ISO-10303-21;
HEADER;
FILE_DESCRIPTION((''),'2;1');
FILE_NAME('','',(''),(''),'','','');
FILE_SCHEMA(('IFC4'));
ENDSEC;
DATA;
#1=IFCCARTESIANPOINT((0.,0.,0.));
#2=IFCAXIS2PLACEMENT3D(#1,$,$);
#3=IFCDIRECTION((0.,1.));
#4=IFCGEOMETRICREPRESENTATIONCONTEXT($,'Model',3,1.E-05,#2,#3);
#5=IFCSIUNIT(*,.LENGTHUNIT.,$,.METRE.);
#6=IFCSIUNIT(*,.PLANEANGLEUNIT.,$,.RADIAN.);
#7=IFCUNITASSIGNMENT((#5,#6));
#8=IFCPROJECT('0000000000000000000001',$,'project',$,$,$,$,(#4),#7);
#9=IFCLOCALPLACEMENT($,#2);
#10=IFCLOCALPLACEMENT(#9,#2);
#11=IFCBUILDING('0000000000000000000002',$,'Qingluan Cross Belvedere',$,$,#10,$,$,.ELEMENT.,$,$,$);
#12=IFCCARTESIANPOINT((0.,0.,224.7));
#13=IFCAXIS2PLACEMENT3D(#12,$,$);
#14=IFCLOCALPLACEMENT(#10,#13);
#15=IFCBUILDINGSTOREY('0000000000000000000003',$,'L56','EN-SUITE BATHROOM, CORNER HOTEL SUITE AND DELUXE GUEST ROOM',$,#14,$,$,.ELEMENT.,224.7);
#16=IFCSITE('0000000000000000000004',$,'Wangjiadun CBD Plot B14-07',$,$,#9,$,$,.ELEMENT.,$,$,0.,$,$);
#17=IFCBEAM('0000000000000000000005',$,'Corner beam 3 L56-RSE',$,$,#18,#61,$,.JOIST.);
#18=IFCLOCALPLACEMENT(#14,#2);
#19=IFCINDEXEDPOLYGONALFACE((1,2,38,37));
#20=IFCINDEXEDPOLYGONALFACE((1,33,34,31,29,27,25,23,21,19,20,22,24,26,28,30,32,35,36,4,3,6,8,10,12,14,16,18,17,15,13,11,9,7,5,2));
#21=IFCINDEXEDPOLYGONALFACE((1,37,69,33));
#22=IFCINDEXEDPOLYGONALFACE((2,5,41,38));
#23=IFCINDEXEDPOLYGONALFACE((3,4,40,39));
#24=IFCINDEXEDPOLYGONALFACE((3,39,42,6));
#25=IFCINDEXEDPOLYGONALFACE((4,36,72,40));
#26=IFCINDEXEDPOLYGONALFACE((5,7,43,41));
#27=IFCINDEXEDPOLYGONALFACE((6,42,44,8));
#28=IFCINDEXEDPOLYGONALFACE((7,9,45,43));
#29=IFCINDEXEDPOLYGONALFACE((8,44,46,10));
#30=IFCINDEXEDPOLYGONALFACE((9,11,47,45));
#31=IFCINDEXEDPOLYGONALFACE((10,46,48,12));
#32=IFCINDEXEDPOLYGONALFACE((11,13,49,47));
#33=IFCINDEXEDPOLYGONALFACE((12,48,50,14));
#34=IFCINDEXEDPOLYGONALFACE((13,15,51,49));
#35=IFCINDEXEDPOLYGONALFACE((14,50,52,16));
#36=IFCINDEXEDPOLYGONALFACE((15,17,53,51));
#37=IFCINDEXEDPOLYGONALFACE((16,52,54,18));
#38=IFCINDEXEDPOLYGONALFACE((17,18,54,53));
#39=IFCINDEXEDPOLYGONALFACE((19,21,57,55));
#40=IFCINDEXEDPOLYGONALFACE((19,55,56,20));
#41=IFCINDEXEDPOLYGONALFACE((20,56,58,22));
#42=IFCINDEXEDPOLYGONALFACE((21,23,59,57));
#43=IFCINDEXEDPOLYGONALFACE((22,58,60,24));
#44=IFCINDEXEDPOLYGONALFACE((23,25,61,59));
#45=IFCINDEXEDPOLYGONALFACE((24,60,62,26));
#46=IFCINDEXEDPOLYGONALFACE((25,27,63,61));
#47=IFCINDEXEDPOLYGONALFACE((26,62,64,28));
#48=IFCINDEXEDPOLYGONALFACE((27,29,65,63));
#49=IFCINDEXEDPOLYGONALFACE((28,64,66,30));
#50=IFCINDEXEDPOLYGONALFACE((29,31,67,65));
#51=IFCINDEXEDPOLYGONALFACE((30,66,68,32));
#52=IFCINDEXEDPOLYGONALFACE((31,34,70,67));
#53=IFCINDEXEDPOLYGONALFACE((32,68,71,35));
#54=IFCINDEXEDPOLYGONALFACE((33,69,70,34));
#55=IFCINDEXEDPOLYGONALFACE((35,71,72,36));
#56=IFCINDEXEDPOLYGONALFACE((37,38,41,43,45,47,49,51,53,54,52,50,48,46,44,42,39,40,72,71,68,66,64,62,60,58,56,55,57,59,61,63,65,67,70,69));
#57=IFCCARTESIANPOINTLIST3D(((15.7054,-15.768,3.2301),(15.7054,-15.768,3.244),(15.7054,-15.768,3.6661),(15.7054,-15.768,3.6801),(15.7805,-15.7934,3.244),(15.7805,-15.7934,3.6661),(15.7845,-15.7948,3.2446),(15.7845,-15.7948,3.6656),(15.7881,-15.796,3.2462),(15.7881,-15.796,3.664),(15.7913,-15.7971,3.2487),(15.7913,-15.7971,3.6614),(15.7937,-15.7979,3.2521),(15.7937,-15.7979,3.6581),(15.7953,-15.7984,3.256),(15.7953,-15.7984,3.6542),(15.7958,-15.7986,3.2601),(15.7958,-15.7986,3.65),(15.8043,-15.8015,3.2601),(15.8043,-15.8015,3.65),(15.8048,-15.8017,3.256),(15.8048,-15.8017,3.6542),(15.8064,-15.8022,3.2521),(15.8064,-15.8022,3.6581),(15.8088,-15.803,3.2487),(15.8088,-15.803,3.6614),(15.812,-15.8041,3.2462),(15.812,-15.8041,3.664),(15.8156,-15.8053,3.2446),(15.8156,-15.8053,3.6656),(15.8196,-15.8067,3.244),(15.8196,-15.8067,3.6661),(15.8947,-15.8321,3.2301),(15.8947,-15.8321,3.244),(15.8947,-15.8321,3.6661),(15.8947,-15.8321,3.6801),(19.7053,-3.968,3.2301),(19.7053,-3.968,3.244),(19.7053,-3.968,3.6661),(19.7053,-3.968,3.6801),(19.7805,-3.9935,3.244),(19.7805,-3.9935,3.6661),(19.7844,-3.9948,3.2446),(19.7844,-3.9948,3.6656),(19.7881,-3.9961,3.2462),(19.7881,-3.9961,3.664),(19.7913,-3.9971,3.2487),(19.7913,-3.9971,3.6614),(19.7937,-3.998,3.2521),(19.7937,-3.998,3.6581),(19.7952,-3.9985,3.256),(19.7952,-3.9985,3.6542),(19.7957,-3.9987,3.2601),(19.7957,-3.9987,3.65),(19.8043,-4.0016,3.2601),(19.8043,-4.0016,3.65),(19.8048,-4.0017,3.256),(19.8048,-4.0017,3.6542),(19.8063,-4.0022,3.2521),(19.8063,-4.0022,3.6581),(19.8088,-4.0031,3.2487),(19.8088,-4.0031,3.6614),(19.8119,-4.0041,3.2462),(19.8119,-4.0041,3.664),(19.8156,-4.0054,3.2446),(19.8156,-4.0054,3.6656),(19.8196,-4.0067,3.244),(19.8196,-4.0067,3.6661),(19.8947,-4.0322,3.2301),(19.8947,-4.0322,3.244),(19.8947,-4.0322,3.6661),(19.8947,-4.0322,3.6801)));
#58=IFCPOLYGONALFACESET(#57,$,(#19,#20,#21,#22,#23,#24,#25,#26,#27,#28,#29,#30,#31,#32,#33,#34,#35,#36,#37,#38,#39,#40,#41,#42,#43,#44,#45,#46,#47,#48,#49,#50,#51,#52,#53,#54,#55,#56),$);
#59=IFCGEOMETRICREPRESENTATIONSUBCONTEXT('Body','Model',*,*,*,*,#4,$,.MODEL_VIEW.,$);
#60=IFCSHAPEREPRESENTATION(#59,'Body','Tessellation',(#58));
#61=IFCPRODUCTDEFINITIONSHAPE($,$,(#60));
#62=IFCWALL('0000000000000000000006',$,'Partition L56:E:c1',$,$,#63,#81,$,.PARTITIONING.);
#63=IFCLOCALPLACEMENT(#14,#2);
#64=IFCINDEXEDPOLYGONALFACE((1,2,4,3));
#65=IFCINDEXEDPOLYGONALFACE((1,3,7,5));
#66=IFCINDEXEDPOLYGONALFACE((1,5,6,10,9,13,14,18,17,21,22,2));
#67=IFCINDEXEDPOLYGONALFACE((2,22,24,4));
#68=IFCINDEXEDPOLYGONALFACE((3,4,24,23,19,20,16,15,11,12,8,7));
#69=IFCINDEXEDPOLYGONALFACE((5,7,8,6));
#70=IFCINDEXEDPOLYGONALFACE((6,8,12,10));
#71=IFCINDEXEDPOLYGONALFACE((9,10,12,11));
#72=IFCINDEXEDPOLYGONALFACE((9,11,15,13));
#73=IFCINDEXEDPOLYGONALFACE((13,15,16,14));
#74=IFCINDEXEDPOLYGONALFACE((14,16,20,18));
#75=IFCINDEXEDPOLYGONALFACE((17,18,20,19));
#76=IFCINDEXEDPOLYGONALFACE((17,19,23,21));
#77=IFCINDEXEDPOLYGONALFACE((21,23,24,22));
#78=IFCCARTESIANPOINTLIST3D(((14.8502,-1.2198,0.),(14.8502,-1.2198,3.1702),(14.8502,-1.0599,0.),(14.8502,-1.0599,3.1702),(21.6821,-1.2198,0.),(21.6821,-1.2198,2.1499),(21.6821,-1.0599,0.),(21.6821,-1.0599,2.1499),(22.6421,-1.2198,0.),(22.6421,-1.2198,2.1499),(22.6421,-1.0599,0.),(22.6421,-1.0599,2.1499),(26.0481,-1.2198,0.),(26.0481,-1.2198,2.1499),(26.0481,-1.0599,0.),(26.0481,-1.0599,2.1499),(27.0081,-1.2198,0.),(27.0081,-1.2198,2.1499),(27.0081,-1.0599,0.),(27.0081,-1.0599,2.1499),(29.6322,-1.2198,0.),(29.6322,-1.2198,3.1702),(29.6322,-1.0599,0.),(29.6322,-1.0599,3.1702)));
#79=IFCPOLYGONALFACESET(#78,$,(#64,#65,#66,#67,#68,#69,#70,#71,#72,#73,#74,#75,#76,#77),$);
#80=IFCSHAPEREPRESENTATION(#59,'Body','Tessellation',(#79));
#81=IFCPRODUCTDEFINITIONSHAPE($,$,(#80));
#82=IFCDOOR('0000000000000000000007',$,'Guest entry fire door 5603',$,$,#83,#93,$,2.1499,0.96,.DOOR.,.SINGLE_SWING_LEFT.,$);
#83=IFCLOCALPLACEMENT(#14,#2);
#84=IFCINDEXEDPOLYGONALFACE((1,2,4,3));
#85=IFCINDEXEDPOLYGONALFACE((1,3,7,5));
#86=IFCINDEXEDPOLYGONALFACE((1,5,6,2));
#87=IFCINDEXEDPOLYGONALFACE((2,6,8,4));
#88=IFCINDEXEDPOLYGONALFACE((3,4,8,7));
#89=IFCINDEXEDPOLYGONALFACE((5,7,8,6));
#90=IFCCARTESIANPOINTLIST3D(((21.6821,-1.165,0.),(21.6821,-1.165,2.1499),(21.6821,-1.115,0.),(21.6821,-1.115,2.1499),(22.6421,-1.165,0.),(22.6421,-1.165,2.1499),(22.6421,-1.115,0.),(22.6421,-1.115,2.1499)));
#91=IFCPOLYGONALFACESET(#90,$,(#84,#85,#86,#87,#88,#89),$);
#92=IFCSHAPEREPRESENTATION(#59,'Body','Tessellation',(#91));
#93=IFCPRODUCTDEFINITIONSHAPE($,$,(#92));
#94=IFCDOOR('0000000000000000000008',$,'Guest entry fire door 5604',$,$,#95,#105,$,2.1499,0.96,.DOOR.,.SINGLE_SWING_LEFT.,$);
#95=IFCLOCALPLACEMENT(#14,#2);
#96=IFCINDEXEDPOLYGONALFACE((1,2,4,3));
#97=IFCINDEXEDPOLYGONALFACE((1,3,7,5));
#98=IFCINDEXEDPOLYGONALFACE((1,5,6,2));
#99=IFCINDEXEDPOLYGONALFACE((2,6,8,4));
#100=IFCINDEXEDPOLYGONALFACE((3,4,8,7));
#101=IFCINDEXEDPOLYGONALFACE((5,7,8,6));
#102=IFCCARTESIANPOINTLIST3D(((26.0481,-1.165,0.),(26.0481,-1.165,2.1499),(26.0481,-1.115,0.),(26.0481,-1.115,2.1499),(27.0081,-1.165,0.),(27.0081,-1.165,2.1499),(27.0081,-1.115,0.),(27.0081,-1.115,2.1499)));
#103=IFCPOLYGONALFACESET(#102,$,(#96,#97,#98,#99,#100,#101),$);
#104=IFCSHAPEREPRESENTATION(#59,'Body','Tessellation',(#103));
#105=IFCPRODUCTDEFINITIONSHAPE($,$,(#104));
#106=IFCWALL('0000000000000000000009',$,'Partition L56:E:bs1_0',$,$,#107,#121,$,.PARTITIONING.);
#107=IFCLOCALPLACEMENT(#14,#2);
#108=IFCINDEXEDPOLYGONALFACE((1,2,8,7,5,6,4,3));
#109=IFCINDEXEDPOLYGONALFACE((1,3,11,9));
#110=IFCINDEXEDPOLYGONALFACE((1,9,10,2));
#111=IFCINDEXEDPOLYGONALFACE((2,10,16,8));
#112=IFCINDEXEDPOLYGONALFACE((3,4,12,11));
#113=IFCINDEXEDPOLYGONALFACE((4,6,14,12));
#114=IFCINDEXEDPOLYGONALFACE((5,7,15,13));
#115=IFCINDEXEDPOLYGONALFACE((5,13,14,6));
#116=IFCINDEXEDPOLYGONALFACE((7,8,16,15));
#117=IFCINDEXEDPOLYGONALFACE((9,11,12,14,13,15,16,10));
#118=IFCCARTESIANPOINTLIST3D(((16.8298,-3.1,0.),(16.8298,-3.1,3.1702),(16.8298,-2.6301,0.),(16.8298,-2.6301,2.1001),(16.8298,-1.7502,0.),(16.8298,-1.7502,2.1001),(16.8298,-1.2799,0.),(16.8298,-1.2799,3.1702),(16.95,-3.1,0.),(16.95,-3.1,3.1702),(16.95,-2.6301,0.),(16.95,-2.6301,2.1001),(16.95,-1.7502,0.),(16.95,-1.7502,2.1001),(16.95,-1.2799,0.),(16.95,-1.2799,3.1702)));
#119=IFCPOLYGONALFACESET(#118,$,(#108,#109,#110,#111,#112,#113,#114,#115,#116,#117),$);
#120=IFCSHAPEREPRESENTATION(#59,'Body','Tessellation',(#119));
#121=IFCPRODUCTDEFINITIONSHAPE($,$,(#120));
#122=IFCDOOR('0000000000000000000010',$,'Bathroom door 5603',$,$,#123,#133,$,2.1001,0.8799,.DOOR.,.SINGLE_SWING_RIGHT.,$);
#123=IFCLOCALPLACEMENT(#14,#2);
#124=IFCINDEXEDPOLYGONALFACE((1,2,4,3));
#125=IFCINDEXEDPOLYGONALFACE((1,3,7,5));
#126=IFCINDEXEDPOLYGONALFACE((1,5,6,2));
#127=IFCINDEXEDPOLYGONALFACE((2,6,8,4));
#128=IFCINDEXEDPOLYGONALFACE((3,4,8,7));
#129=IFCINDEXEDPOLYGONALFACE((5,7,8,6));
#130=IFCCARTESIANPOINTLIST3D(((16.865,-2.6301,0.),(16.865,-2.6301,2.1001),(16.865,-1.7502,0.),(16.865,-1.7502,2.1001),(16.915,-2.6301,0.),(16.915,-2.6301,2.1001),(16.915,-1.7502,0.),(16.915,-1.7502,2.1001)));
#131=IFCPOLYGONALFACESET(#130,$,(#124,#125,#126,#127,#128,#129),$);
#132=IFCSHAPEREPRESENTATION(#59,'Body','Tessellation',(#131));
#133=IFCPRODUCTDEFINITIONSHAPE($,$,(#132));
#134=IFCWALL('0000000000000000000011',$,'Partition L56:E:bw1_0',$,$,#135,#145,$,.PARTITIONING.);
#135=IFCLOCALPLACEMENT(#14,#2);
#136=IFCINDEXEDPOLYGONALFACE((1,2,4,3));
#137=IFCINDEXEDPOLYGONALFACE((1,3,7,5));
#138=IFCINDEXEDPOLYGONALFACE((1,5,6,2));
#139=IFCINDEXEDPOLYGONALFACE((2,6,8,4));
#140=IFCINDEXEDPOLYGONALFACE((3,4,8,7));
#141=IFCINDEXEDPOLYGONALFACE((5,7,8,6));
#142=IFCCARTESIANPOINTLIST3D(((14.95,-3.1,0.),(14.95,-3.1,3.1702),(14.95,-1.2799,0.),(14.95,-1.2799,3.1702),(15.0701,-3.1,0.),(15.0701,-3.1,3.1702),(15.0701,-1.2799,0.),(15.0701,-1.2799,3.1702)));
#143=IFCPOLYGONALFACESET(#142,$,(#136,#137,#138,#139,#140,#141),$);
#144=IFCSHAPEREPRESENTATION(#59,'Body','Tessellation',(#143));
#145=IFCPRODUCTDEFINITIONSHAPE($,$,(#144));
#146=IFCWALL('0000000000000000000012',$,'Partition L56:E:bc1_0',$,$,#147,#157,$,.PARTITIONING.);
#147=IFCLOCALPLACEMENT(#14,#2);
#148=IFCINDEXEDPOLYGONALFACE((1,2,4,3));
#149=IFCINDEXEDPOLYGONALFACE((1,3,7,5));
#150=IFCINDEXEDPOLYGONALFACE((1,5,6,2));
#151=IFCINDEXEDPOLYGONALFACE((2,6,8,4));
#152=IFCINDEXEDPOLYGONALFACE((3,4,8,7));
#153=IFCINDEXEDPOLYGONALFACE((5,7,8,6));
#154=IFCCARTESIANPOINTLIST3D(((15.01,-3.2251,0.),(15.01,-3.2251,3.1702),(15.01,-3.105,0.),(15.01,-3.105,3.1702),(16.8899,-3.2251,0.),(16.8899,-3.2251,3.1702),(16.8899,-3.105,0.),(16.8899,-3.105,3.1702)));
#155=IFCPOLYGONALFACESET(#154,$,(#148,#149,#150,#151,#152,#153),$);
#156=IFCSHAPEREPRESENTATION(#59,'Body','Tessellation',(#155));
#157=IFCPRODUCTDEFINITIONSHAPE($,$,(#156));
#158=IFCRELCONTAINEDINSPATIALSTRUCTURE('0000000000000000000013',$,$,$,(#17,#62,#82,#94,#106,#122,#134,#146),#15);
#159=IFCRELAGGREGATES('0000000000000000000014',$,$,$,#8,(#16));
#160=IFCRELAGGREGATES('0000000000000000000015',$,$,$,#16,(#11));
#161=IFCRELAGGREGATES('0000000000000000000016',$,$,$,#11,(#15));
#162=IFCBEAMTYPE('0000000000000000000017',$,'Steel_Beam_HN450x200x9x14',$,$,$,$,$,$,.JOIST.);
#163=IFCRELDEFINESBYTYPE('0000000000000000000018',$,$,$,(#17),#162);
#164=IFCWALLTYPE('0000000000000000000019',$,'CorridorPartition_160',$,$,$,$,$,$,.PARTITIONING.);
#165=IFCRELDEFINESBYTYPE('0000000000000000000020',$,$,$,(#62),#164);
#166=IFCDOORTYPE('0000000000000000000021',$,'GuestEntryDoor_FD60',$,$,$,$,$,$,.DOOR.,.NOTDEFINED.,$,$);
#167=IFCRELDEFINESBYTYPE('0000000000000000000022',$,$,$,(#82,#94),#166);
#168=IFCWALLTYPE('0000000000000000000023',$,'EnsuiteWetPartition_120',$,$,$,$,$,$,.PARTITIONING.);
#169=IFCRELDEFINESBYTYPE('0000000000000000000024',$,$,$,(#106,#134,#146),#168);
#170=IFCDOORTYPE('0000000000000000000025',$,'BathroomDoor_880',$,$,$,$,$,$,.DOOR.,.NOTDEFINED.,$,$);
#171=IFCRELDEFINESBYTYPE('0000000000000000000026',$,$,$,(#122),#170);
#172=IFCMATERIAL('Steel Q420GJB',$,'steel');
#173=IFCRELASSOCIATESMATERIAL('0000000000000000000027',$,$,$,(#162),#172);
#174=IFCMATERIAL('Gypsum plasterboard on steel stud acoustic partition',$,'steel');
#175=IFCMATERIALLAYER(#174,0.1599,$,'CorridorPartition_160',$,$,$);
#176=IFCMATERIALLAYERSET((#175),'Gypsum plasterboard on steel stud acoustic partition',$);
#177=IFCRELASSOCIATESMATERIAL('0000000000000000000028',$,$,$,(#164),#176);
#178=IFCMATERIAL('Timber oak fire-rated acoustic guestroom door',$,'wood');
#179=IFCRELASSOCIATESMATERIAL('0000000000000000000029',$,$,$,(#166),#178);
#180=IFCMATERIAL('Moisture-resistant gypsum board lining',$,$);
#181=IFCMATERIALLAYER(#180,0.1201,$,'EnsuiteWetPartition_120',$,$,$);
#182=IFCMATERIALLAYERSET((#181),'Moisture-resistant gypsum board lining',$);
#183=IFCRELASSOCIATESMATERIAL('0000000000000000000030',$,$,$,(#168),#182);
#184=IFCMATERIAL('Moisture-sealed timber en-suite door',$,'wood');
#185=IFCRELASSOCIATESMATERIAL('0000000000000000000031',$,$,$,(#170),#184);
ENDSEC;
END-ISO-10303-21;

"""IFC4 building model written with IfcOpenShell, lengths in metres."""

from ifc_helpers import new_model, si_unit, direction, frame, frame_2d, origin, origin_2d, place, context, subcontext, project, spatial, rectangle, i_section, extrude, material, layer, layer_set, material_profile, profile_set, type_object, element, fill, save


model = new_model("IFC4")

# Units and contexts
model_context = context("Model", 3, precision=1e-05, world=origin(), true_north=direction((0.0, 1.0)))
body_context = subcontext(model_context, "Body", "Model", "MODEL_VIEW")
ifc_project = project(units=[si_unit("LENGTHUNIT", "METRE"), si_unit("PLANEANGLEUNIT", "RADIAN")], contexts=[model_context])

# Site, building, storey
site_placement = place(None, origin())
site = spatial("IfcSite", under=ifc_project, at=site_placement, Name="Wangjiadun CBD Plot B14-07", CompositionType="ELEMENT", RefElevation=0.0)
building_placement = place(site_placement, origin())
building = spatial("IfcBuilding", under=site, at=building_placement, Name="Qingluan Cross Belvedere", CompositionType="ELEMENT")
storey_placement = place(building_placement, frame((0.0, 0.0, 224.7)))
storey = spatial("IfcBuildingStorey", under=building, at=storey_placement, Name="L56", Description="EN-SUITE BATHROOM, CORNER HOTEL SUITE AND DELUXE GUEST ROOM", CompositionType="ELEMENT", Elevation=224.7)

# Beam
ifc_material_1 = material(Name="Steel Q420GJB", Category="steel")
ifc_material_profile_1 = material_profile(ifc_material_1, i_section(OverallWidth=0.2, OverallDepth=0.45, WebThickness=0.009, FlangeThickness=0.0139, FilletRadius=0.0161, at=origin_2d()), Name="HN450x200x9x14")
ifc_profile_set_1 = profile_set([ifc_material_profile_1], Name="Steel Q420GJB")
beam_type_1 = type_object("IfcBeamType", Name="Steel_Beam_HN450x200x9x14", PredefinedType="JOIST", material=ifc_profile_set_1)
for number, where, z_axis, x_axis, name in (
    (1, (15.8, -15.8, 3.4551), (0.321038, 0.947066, 0.0), (-0.947066, 0.321038, 0.0), "Corner beam 3 L56-RSE"),
):
    element("IfcBeam", number, at=place(storey_placement, frame(where, z_axis=z_axis, x_axis=x_axis)), inside=storey, type_object=beam_type_1, Name=name, PredefinedType="JOIST", context=body_context, shape_type="SweptSolid", body=[
        extrude(i_section(OverallWidth=0.2, OverallDepth=0.45, WebThickness=0.009, FlangeThickness=0.0139, FilletRadius=0.0161, at=origin_2d()), origin(), (0.0, 0.0, 1.0), 12.4595),
    ])

# Wall, openings, doors
ifc_material_2 = material(Name="Gypsum plasterboard on steel stud acoustic partition", Category="steel")
ifc_layer_1 = layer(ifc_material_2, 0.1599, Name="CorridorPartition_160")
ifc_layer_set_1 = layer_set([ifc_layer_1], Name="Gypsum plasterboard on steel stud acoustic partition")
wall_type_1 = type_object("IfcWallType", Name="CorridorPartition_160", PredefinedType="PARTITIONING", material=ifc_layer_set_1)
wall_1_placement = place(storey_placement, frame((14.8501, -1.1399, 0.0), z_axis=(0.0, 0.0, 1.0), x_axis=(1.0, 0.0, 0.0)))
wall_1 = element("IfcWall", 2, at=wall_1_placement, inside=storey, type_object=wall_type_1, Name="Partition L56:E:c1", PredefinedType="PARTITIONING", context=body_context, shape_type="SweptSolid", body=[
    extrude(rectangle(XDim=14.782, YDim=0.1599, at=frame_2d((7.3911, 0.0))), origin(), (0.0, 0.0, 1.0), 3.1702),
])
opening_1_placement = place(wall_1_placement, frame((6.832, 0.0, 0.0)))
opening_1 = element("IfcOpeningElement", 3, at=opening_1_placement, cuts=wall_1, PredefinedType="OPENING", context=body_context, shape_type="SweptSolid", body=[
    extrude(rectangle(XDim=0.96, YDim=2.1499, at=frame_2d((0.48, 1.075))), frame((0.0, 0.0898, 0.0), z_axis=(0.0, -1.0, 0.0), x_axis=(1.0, 0.0, 0.0)), (0.0, 0.0, 1.0), 0.1799),
])
opening_2_placement = place(wall_1_placement, frame((11.198, 0.0, 0.0)))
opening_2 = element("IfcOpeningElement", 4, at=opening_2_placement, cuts=wall_1, PredefinedType="OPENING", context=body_context, shape_type="SweptSolid", body=[
    extrude(rectangle(XDim=0.96, YDim=2.1499, at=frame_2d((0.48, 1.075))), frame((0.0, 0.0898, 0.0), z_axis=(0.0, -1.0, 0.0), x_axis=(1.0, 0.0, 0.0)), (0.0, 0.0, 1.0), 0.1799),
])
ifc_material_3 = material(Name="Timber oak fire-rated acoustic guestroom door", Category="wood")
door_type_1 = type_object("IfcDoorType", Name="GuestEntryDoor_FD60", OperationType="NOTDEFINED", PredefinedType="DOOR", material=ifc_material_3)
door_1_placement = place(opening_1_placement, origin())
door_1 = element("IfcDoor", 5, at=door_1_placement, inside=storey, type_object=door_type_1, Name="Guest entry fire door 5603", OperationType="SINGLE_SWING_LEFT", OverallHeight=2.1499, OverallWidth=0.96, PredefinedType="DOOR", context=body_context, shape_type="SweptSolid", body=[
    extrude(rectangle(XDim=0.96, YDim=2.1499, at=frame_2d((0.48, 1.075))), frame((0.0, 0.0249, 0.0), z_axis=(0.0, -1.0, 0.0), x_axis=(1.0, 0.0, 0.0)), (0.0, 0.0, 1.0), 0.05),
])
fill(opening_1, door_1)
door_2_placement = place(opening_2_placement, origin())
door_2 = element("IfcDoor", 6, at=door_2_placement, inside=storey, type_object=door_type_1, Name="Guest entry fire door 5604", OperationType="SINGLE_SWING_LEFT", OverallHeight=2.1499, OverallWidth=0.96, PredefinedType="DOOR", context=body_context, shape_type="SweptSolid", body=[
    extrude(rectangle(XDim=0.96, YDim=2.1499, at=frame_2d((0.48, 1.075))), frame((0.0, 0.0249, 0.0), z_axis=(0.0, -1.0, 0.0), x_axis=(1.0, 0.0, 0.0)), (0.0, 0.0, 1.0), 0.05),
])
fill(opening_2, door_2)

# Wall, opening, door
ifc_material_4 = material(Name="Moisture-resistant gypsum board lining")
ifc_layer_2 = layer(ifc_material_4, 0.1201, Name="EnsuiteWetPartition_120")
ifc_layer_set_2 = layer_set([ifc_layer_2], Name="Moisture-resistant gypsum board lining")
wall_type_2 = type_object("IfcWallType", Name="EnsuiteWetPartition_120", PredefinedType="PARTITIONING", material=ifc_layer_set_2)
wall_2_placement = place(storey_placement, frame((16.8899, -3.1001, 0.0), z_axis=(0.0, 0.0, 1.0), x_axis=(0.0, 1.0, 0.0)))
wall_2 = element("IfcWall", 7, at=wall_2_placement, inside=storey, type_object=wall_type_2, Name="Partition L56:E:bs1_0", PredefinedType="PARTITIONING", context=body_context, shape_type="SweptSolid", body=[
    extrude(rectangle(XDim=1.8201, YDim=0.1201, at=frame_2d((0.9102, 0.0))), origin(), (0.0, 0.0, 1.0), 3.1702),
])
opening_3_placement = place(wall_2_placement, frame((0.47, 0.0, 0.0)))
opening_3 = element("IfcOpeningElement", 8, at=opening_3_placement, cuts=wall_2, PredefinedType="OPENING", context=body_context, shape_type="SweptSolid", body=[
    extrude(rectangle(XDim=0.8799, YDim=2.1001, at=frame_2d((0.4399, 1.05))), frame((0.0, 0.0701, 0.0), z_axis=(0.0, -1.0, 0.0), x_axis=(1.0, 0.0, 0.0)), (0.0, 0.0, 1.0), 0.1401),
])
ifc_material_5 = material(Name="Moisture-sealed timber en-suite door", Category="wood")
door_type_2 = type_object("IfcDoorType", Name="BathroomDoor_880", OperationType="NOTDEFINED", PredefinedType="DOOR", material=ifc_material_5)
door_3_placement = place(opening_3_placement, origin())
door_3 = element("IfcDoor", 9, at=door_3_placement, inside=storey, type_object=door_type_2, Name="Bathroom door 5603", OperationType="SINGLE_SWING_RIGHT", OverallHeight=2.1001, OverallWidth=0.8799, PredefinedType="DOOR", context=body_context, shape_type="SweptSolid", body=[
    extrude(rectangle(XDim=0.8799, YDim=2.1001, at=frame_2d((0.4399, 1.05))), frame((0.0, 0.0249, 0.0), z_axis=(0.0, -1.0, 0.0), x_axis=(1.0, 0.0, 0.0)), (0.0, 0.0, 1.0), 0.05),
])
fill(opening_3, door_3)

# Walls
wall_3_placement = place(storey_placement, frame((15.01, -3.1001, 0.0), z_axis=(0.0, 0.0, 1.0), x_axis=(0.0, 1.0, 0.0)))
element("IfcWall", 10, at=wall_3_placement, inside=storey, type_object=wall_type_2, Name="Partition L56:E:bw1_0", PredefinedType="PARTITIONING", context=body_context, shape_type="SweptSolid", body=[
    extrude(rectangle(XDim=1.8201, YDim=0.1201, at=frame_2d((0.9102, 0.0))), origin(), (0.0, 0.0, 1.0), 3.1702),
])
wall_4_placement = place(storey_placement, frame((15.01, -3.165, 0.0), z_axis=(0.0, 0.0, 1.0), x_axis=(1.0, 0.0, 0.0)))
element("IfcWall", 11, at=wall_4_placement, inside=storey, type_object=wall_type_2, Name="Partition L56:E:bc1_0", PredefinedType="PARTITIONING", context=body_context, shape_type="SweptSolid", body=[
    extrude(rectangle(XDim=1.8799, YDim=0.1201, at=frame_2d((0.9399, 0.0))), origin(), (0.0, 0.0, 1.0), 3.1702),
])

save(model, "model.ifc")
